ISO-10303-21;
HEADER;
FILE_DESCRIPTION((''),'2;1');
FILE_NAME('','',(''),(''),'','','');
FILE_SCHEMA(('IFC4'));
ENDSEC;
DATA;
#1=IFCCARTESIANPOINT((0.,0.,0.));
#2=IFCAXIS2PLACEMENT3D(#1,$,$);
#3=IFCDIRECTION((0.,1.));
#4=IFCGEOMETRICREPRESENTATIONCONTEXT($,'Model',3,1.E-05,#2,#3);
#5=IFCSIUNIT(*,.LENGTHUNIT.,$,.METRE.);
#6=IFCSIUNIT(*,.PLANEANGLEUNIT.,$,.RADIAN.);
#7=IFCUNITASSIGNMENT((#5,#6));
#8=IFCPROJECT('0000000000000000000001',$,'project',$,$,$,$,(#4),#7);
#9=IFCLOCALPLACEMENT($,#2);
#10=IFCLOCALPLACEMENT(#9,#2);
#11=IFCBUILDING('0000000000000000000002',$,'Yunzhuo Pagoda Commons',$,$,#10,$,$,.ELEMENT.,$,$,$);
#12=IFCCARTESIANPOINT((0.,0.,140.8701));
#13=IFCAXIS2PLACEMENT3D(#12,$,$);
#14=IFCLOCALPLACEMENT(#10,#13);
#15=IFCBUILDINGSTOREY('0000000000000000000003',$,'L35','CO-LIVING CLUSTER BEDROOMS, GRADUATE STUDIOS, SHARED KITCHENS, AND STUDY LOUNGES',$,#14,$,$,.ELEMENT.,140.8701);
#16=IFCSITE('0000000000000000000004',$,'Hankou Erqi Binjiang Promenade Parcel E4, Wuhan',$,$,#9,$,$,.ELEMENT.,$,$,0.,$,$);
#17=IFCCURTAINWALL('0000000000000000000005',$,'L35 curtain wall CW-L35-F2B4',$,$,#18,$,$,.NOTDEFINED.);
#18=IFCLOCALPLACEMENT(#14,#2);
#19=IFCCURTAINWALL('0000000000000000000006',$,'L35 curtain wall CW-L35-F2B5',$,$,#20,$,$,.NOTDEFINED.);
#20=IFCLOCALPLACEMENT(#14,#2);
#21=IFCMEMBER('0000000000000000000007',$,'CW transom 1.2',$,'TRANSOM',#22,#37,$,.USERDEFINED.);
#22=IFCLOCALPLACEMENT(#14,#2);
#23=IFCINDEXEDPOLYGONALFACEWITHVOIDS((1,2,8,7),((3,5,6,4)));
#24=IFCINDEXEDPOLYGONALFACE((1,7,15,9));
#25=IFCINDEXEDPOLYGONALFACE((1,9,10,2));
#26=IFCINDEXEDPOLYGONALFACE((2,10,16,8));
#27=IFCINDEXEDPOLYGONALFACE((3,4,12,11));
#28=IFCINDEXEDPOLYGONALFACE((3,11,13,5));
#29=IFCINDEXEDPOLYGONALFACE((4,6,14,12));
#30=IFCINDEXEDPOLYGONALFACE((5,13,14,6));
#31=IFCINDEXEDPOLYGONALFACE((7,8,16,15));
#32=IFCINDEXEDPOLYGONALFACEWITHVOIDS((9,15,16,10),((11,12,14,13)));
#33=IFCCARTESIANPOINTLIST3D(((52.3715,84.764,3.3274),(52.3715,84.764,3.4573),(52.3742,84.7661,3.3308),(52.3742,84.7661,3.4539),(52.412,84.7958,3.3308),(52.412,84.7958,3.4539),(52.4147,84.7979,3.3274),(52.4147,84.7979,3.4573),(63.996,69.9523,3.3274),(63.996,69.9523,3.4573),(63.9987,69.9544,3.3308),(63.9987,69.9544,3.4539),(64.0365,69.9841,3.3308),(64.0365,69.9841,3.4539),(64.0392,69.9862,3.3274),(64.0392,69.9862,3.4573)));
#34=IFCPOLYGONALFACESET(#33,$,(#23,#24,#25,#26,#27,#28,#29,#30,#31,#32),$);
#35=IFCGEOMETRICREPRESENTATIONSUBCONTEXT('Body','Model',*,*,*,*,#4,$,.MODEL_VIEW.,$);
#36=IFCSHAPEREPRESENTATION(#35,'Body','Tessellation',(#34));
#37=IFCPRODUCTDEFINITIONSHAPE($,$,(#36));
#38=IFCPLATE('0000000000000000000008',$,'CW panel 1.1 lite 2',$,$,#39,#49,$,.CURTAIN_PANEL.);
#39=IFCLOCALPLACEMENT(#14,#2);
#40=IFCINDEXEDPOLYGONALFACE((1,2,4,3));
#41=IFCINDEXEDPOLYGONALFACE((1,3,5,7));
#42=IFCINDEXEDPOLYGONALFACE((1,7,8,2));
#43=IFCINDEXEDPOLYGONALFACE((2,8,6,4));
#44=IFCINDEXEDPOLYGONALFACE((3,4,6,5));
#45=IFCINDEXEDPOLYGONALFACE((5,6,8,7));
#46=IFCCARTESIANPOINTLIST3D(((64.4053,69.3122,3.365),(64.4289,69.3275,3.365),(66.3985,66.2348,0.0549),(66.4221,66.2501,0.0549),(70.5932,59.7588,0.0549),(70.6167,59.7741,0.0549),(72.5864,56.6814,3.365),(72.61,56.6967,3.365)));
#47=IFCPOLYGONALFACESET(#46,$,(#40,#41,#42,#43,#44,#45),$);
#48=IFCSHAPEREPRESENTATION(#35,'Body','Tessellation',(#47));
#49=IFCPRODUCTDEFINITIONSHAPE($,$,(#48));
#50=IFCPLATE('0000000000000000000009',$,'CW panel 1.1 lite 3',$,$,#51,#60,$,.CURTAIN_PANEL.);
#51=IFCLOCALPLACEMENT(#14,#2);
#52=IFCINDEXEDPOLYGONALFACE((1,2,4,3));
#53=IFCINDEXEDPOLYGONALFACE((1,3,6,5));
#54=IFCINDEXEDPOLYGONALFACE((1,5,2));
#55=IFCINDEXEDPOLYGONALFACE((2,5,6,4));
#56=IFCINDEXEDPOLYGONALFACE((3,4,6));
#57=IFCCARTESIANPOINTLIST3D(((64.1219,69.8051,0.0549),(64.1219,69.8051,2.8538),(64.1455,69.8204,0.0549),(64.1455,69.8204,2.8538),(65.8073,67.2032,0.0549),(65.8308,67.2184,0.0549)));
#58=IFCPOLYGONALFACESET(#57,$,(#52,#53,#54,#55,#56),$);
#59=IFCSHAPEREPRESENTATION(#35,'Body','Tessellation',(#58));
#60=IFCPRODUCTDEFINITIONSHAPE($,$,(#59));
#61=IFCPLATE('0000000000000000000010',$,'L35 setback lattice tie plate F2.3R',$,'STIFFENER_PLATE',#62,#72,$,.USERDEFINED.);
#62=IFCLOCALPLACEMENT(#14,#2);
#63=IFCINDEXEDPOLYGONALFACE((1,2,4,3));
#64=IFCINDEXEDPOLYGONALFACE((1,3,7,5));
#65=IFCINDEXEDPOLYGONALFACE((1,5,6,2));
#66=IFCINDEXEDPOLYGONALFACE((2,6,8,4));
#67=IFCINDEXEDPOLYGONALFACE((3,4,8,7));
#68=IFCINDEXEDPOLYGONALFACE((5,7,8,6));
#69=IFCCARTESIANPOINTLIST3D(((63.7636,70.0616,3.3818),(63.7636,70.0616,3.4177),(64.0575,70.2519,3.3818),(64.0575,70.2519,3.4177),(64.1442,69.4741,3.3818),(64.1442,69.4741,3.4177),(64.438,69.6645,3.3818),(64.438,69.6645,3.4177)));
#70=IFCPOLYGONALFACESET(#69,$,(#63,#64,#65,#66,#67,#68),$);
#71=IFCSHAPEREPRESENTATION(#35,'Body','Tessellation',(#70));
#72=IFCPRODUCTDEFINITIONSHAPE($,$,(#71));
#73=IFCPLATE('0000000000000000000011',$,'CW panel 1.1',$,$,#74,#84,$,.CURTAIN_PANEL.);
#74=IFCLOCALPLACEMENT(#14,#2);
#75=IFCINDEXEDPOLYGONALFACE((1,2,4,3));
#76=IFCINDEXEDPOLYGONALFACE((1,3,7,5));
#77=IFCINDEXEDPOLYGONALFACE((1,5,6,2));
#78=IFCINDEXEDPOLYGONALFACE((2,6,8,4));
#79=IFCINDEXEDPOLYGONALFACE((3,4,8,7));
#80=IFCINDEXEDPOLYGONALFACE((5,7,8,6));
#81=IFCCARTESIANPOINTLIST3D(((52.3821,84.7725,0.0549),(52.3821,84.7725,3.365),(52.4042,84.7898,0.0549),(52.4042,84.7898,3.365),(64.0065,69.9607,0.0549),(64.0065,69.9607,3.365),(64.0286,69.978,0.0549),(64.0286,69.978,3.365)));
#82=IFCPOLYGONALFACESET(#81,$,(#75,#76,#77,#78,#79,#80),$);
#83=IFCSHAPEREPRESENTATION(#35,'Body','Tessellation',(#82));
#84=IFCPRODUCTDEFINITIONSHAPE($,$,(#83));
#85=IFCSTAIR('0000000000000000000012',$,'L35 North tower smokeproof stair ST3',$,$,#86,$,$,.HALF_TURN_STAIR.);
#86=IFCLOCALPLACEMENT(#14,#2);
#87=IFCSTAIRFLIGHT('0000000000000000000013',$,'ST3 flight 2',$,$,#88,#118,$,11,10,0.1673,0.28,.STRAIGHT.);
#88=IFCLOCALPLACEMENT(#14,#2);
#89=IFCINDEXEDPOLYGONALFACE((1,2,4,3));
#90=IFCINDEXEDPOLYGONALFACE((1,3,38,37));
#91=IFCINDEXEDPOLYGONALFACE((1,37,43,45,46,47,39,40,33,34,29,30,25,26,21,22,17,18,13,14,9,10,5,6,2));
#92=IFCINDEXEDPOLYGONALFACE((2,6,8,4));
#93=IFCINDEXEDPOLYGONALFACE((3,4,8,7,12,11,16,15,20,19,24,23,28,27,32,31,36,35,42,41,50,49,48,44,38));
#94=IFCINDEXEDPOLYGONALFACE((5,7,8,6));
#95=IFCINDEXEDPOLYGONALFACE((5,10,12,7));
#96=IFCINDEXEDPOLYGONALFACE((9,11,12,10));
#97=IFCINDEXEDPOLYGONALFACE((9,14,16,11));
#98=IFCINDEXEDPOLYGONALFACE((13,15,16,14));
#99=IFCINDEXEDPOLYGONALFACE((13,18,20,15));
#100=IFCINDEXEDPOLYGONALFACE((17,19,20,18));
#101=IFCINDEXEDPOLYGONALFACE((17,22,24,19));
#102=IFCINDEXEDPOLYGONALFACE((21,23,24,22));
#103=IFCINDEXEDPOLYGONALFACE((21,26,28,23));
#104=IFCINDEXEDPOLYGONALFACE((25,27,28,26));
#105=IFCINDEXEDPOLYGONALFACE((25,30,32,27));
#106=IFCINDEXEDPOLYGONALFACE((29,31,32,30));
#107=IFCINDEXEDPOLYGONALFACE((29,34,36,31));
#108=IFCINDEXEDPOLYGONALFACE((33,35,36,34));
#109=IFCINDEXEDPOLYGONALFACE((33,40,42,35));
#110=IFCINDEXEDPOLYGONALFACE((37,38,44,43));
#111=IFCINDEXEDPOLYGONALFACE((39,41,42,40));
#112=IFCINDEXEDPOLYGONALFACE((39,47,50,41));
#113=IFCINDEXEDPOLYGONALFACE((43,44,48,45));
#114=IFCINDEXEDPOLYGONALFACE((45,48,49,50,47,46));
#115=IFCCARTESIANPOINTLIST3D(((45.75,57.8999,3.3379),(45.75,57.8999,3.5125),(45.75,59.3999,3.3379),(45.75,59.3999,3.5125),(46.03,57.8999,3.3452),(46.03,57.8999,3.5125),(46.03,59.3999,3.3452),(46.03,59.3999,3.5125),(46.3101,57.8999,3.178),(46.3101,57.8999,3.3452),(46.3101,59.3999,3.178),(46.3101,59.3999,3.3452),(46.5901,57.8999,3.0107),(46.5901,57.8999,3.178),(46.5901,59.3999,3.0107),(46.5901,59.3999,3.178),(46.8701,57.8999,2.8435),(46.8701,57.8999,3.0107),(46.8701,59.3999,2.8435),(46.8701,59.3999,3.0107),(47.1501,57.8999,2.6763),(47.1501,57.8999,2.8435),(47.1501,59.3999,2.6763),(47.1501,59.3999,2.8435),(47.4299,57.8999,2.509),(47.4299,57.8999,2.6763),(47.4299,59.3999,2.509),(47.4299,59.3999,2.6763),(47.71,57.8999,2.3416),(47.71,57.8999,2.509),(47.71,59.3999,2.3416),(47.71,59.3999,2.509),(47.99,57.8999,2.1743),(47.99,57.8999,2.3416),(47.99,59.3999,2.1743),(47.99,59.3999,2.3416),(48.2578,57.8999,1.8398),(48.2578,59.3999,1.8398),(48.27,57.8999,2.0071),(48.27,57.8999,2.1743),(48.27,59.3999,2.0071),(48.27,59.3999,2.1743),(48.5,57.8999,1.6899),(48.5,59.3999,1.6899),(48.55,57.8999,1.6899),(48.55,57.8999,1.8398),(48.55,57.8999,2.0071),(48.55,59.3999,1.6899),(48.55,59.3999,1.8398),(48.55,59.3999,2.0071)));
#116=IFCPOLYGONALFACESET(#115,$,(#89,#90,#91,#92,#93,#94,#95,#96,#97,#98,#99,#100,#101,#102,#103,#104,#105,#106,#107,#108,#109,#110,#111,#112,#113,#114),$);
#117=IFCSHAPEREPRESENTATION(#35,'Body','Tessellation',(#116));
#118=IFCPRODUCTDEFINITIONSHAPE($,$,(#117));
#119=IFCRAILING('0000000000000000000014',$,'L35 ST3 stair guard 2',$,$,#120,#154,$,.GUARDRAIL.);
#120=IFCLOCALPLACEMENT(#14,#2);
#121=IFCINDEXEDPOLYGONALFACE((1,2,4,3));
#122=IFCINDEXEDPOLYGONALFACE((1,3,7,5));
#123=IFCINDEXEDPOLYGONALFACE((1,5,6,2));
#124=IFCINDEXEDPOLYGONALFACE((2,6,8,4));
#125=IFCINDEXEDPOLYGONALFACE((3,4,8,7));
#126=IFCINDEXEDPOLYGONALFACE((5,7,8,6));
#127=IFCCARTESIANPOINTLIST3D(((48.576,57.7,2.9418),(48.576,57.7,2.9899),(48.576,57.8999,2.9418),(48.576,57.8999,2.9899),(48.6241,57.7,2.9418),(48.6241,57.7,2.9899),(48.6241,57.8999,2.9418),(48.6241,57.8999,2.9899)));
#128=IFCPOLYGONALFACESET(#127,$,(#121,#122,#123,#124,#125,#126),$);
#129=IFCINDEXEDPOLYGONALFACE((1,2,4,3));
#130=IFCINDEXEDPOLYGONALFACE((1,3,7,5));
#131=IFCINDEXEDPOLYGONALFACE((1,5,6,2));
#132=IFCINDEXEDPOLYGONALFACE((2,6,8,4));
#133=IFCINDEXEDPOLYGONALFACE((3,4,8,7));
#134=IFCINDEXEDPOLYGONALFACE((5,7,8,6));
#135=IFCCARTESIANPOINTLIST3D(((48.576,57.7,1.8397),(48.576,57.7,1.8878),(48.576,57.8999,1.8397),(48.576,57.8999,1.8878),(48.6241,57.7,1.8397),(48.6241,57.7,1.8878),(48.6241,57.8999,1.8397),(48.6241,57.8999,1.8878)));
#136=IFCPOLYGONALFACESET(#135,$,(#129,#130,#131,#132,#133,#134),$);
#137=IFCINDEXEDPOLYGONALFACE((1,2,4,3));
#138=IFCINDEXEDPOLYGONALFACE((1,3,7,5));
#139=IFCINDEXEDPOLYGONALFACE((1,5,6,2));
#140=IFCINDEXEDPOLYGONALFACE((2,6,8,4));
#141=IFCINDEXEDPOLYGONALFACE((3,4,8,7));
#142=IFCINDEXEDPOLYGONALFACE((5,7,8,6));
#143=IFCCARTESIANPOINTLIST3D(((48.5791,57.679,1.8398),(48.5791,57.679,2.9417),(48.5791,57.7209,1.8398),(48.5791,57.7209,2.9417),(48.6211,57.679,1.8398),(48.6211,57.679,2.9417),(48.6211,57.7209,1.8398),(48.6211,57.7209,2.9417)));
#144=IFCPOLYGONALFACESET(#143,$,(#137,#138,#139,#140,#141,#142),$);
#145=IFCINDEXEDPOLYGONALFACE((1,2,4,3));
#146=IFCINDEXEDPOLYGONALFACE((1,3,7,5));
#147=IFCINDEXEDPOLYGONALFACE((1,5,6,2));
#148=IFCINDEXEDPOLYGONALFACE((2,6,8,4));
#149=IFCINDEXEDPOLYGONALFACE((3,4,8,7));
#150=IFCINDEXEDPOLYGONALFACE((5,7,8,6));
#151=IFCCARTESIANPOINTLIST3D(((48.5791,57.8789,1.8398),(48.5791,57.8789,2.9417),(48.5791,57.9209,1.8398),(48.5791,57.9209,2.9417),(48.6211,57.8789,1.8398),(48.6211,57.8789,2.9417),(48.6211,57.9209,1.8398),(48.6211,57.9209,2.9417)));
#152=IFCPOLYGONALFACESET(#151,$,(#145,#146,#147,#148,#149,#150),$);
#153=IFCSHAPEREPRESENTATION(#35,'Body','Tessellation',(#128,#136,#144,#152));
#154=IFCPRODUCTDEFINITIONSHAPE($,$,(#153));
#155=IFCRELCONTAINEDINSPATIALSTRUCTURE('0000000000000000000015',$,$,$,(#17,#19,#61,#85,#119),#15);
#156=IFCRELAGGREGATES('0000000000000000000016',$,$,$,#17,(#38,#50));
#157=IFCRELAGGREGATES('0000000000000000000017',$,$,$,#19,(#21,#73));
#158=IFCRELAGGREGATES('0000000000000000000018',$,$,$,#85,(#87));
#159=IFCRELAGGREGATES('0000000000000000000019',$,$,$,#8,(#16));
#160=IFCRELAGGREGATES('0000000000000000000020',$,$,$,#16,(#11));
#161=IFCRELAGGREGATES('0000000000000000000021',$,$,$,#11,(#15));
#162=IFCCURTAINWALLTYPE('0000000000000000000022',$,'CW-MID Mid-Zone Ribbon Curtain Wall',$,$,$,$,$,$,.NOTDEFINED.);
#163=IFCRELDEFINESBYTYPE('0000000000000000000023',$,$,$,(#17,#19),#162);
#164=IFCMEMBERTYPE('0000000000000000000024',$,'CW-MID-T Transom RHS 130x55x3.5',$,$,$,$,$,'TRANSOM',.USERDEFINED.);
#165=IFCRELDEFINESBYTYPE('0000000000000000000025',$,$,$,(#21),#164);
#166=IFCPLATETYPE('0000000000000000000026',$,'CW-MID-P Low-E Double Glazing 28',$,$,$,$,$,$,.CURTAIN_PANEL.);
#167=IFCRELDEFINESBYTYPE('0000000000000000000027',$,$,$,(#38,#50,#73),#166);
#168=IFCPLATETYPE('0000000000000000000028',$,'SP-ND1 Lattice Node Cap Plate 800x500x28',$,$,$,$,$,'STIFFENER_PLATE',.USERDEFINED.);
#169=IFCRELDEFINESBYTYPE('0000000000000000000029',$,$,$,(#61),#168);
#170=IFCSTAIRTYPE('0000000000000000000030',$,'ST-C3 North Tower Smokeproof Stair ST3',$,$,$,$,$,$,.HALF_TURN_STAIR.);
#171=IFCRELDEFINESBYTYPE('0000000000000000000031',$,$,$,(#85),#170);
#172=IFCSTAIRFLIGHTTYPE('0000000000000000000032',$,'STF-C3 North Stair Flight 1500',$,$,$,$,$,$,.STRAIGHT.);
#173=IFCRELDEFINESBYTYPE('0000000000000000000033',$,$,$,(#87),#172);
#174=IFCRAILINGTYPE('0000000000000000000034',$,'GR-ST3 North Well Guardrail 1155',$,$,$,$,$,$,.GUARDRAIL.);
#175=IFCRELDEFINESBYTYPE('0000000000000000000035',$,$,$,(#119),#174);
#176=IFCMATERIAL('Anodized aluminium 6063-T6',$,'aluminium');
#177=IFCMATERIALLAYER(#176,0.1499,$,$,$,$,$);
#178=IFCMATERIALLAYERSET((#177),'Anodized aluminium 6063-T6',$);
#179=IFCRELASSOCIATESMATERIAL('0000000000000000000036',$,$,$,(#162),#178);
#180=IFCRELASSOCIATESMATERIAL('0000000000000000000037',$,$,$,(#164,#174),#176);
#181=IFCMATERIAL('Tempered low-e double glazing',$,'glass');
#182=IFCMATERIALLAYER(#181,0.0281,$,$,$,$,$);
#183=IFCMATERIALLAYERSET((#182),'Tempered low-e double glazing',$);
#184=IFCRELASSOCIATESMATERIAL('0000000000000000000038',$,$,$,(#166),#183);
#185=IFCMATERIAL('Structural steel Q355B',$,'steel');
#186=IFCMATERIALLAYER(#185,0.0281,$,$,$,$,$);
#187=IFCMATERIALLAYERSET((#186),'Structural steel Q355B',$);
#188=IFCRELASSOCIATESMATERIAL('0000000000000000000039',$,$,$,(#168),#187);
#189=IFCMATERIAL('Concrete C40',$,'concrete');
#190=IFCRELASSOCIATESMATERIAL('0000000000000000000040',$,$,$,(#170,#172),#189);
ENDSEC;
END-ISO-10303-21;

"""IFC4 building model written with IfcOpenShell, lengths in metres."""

from ifc_helpers import new_model, si_unit, direction, frame, origin, origin_2d, place, context, subcontext, project, spatial, polyline, rectangle, hollow_rectangle, outline, extrude, source, transform, mapped, material, layer, layer_set, material_profile, profile_set, type_object, element, aggregate, save


model = new_model("IFC4")

# Units and contexts
model_context = context("Model", 3, precision=1e-05, world=origin(), true_north=direction((0.0, 1.0)))
body_context = subcontext(model_context, "Body", "Model", "MODEL_VIEW")
ifc_project = project(units=[si_unit("LENGTHUNIT", "METRE"), si_unit("PLANEANGLEUNIT", "RADIAN")], contexts=[model_context])

# Site, building, storey
site_placement = place(None, origin())
site = spatial("IfcSite", under=ifc_project, at=site_placement, Name="Hankou Erqi Binjiang Promenade Parcel E4, Wuhan", CompositionType="ELEMENT", RefElevation=0.0)
building_placement = place(site_placement, origin())
building = spatial("IfcBuilding", under=site, at=building_placement, Name="Yunzhuo Pagoda Commons", CompositionType="ELEMENT")
storey_placement = place(building_placement, frame((0.0, 0.0, 140.8701)))
storey = spatial("IfcBuildingStorey", under=building, at=storey_placement, Name="L35", Description="CO-LIVING CLUSTER BEDROOMS, GRADUATE STUDIOS, SHARED KITCHENS, AND STUDY LOUNGES", CompositionType="ELEMENT", Elevation=140.8701)

# Shared definitions
ifc_material_1 = material(Name="Structural steel Q355B", Category="steel")

# Curtain wall
ifc_material_2 = material(Name="Anodized aluminium 6063-T6", Category="aluminium")
ifc_layer_1 = layer(ifc_material_2, 0.1499)
ifc_layer_set_1 = layer_set([ifc_layer_1], Name="Anodized aluminium 6063-T6")
curtain_wall_type = type_object("IfcCurtainWallType", Name="CW-MID Mid-Zone Ribbon Curtain Wall", PredefinedType="NOTDEFINED", material=ifc_layer_set_1)
curtain_wall_1_placement = place(storey_placement, origin())
curtain_wall_1 = element("IfcCurtainWall", 1, at=curtain_wall_1_placement, inside=storey, type_object=curtain_wall_type, Name="L35 curtain wall CW-L35-F2B4", PredefinedType="NOTDEFINED")

# Curtain wall, member
curtain_wall_2_placement = place(storey_placement, origin())
curtain_wall_2 = element("IfcCurtainWall", 2, at=curtain_wall_2_placement, inside=storey, type_object=curtain_wall_type, Name="L35 curtain wall CW-L35-F2B5", PredefinedType="NOTDEFINED")
ifc_material_profile_1 = material_profile(ifc_material_2, hollow_rectangle(XDim=0.0549, YDim=0.1299, WallThickness=0.0034, at=origin_2d()), Name="Anodized aluminium 6063-T6")
ifc_profile_set_1 = profile_set([ifc_material_profile_1], Name="Anodized aluminium 6063-T6")
member_type_1 = type_object("IfcMemberType", Name="CW-MID-T Transom RHS 130x55x3.5", ElementType="TRANSOM", PredefinedType="USERDEFINED", material=ifc_profile_set_1)
shared_shape_1 = source(origin(), body_context, "Body", "SweptSolid", [
    extrude(hollow_rectangle(XDim=0.0549, YDim=0.1299, WallThickness=0.0034, at=origin_2d()), origin(), (0.0, 0.0, 1.0), 18.8286),
])
member_1_placement = place(storey_placement, frame((64.0176, 69.9692, 3.3923), z_axis=(-0.617385, 0.786662, 0.0), x_axis=(-0.786662, -0.617385, 0.0)))
member_1 = element("IfcMember", 3, at=member_1_placement, type_object=member_type_1, Name="CW transom 1.2", ObjectType="TRANSOM", PredefinedType="USERDEFINED", context=body_context, shape_type="MappedRepresentation", body=[
    mapped(shared_shape_1, transform((0.0, 0.0, 0.0), scale=1.0)),
])

# Plates
ifc_material_3 = material(Name="Tempered low-e double glazing", Category="glass")
ifc_layer_2 = layer(ifc_material_3, 0.0281)
ifc_layer_set_2 = layer_set([ifc_layer_2], Name="Tempered low-e double glazing")
plate_type_1 = type_object("IfcPlateType", Name="CW-MID-P Low-E Double Glazing 28", PredefinedType="CURTAIN_PANEL", material=ifc_layer_set_2)
plate_1_placement = place(storey_placement, frame((68.4958, 62.9968, 1.71), z_axis=(0.83932, 0.543637, 0.0), x_axis=(-0.543637, 0.83932, 0.0)))
plate_1 = element("IfcPlate", 4, at=plate_1_placement, type_object=plate_type_1, Name="CW panel 1.1 lite 2", PredefinedType="CURTAIN_PANEL", context=body_context, shape_type="SweptSolid", body=[
    extrude(outline(polyline([(-7.5244, 1.655), (-3.8579, -1.655), (3.8579, -1.655), (7.5244, 1.655), (-7.5244, 1.655)])), origin(), (0.0, 0.0, 1.0), 0.0281),
])
plate_2_placement = place(storey_placement, frame((64.9646, 68.5042, 1.4543), z_axis=(0.83932, 0.543637, 0.0), x_axis=(-0.543637, 0.83932, 0.0)))
plate_2 = element("IfcPlate", 5, at=plate_2_placement, type_object=plate_type_1, Name="CW panel 1.1 lite 3", PredefinedType="CURTAIN_PANEL", context=body_context, shape_type="SweptSolid", body=[
    extrude(outline(polyline([(-1.55, -1.3994), (1.55, -1.3994), (1.55, 1.3994), (-1.55, -1.3994)])), origin(), (0.0, 0.0, 1.0), 0.0281),
])
aggregate(curtain_wall_1, [plate_1, plate_2])
ifc_layer_3 = layer(ifc_material_1, 0.0281)
ifc_layer_set_3 = layer_set([ifc_layer_3], Name="Structural steel Q355B")
plate_type_2 = type_object("IfcPlateType", Name="SP-ND1 Lattice Node Cap Plate 800x500x28", ElementType="STIFFENER_PLATE", PredefinedType="USERDEFINED", material=ifc_layer_set_3)
shared_shape_2 = source(origin(), body_context, "Body", "SweptSolid", [
    extrude(rectangle(XDim=0.7, YDim=0.3501, at=origin_2d()), origin(), (0.0, 0.0, 1.0), 0.0359),
])
plate_3_placement = place(storey_placement, frame((64.1008, 69.863, 3.3818), z_axis=(0.0, 0.0, 1.0), x_axis=(-0.543643, 0.839316, 0.0)))
element("IfcPlate", 6, at=plate_3_placement, inside=storey, type_object=plate_type_2, Name="L35 setback lattice tie plate F2.3R", ObjectType="STIFFENER_PLATE", PredefinedType="USERDEFINED", context=body_context, shape_type="MappedRepresentation", body=[
    mapped(shared_shape_2, transform((0.0, 0.0, 0.0), scale=1.0)),
])
shared_shape_3 = source(origin(), body_context, "Body", "SweptSolid", [
    extrude(rectangle(XDim=18.8286, YDim=0.0281, at=origin_2d()), origin(), (0.0, 0.0, 1.0), 3.3101),
])
plate_4_placement = place(storey_placement, frame((58.2053, 77.3752, 0.0549), z_axis=(0.0, 0.0, 1.0), x_axis=(-0.61738, 0.786665, 0.0)))
plate_4 = element("IfcPlate", 7, at=plate_4_placement, type_object=plate_type_1, Name="CW panel 1.1", PredefinedType="CURTAIN_PANEL", context=body_context, shape_type="MappedRepresentation", body=[
    mapped(shared_shape_3, transform((0.0, 0.0, 0.0), scale=1.0)),
])
aggregate(curtain_wall_2, [member_1, plate_4])

# Stair, stair flight
ifc_material_4 = material(Name="Concrete C40", Category="concrete")
stair_type = type_object("IfcStairType", Name="ST-C3 North Tower Smokeproof Stair ST3", PredefinedType="HALF_TURN_STAIR", material=ifc_material_4)
stair_placement = place(storey_placement, origin())
stair = element("IfcStair", 8, at=stair_placement, inside=storey, type_object=stair_type, Name="L35 North tower smokeproof stair ST3", PredefinedType="HALF_TURN_STAIR")
stair_flight_type = type_object("IfcStairFlightType", Name="STF-C3 North Stair Flight 1500", PredefinedType="STRAIGHT", material=ifc_material_4)
shared_shape_4 = source(origin(), body_context, "Body", "SweptSolid", [
    extrude(outline(polyline([(0.0, -0.1499), (0.0, 0.0), (0.0, 0.1672), (0.28, 0.1672), (0.28, 0.3345), (0.5601, 0.3345), (0.5601, 0.5017), (0.8401, 0.5017), (0.8401, 0.6692), (1.1201, 0.6692), (1.1201, 0.8364), (1.3999, 0.8364), (1.3999, 1.0037), (1.6799, 1.0037), (1.6799, 1.1709), (1.96, 1.1709), (1.96, 1.3381), (2.24, 1.3381), (2.24, 1.5054), (2.52, 1.5054), (2.52, 1.6726), (2.8, 1.6726), (2.8, 1.8401), (2.8, 1.498), (0.2922, 0.0), (0.05, -0.1499), (0.0, -0.1499)])), frame((0.0, 0.75, 0.0), z_axis=(0.0, -1.0, 0.0), x_axis=(1.0, 0.0, 0.0)), (0.0, 0.0, 1.0), 1.5),
])
stair_flight_placement = place(storey_placement, frame((48.55, 58.6499, 1.8398), z_axis=(0.0, 0.0, 1.0), x_axis=(-1.0, 0.0, 0.0)))
stair_flight = element("IfcStairFlight", 9, at=stair_flight_placement, type_object=stair_flight_type, Name="ST3 flight 2", NumberOfRisers=11, NumberOfTreads=10, PredefinedType="STRAIGHT", RiserHeight=0.1673, TreadLength=0.28, context=body_context, shape_type="MappedRepresentation", body=[
    mapped(shared_shape_4, transform((0.0, 0.0, 0.0), scale=1.0)),
])
aggregate(stair, [stair_flight])

# Railing
railing_type_1 = type_object("IfcRailingType", Name="GR-ST3 North Well Guardrail 1155", PredefinedType="GUARDRAIL", material=ifc_material_2)
railing_1_placement = place(storey_placement, frame((48.6001, 57.7, 1.8398)))
element("IfcRailing", 10, at=railing_1_placement, inside=storey, type_object=railing_type_1, Name="L35 ST3 stair guard 2", PredefinedType="GUARDRAIL", context=body_context, shape_type="SweptSolid", body=[
    extrude(rectangle(XDim=0.0481, YDim=0.0481, at=origin_2d()), frame((0.0, 0.0, 1.126), z_axis=(0.0, 1.0, 0.0), x_axis=(-1.0, 0.0, 0.0)), (0.0, 0.0, 1.0), 0.2),
    extrude(rectangle(XDim=0.0481, YDim=0.0481, at=origin_2d()), frame((0.0, 0.0, 0.0239), z_axis=(0.0, 1.0, 0.0), x_axis=(-1.0, 0.0, 0.0)), (0.0, 0.0, 1.0), 0.2),
    extrude(rectangle(XDim=0.042, YDim=0.042, at=origin_2d()), origin(), (0.0, 0.0, 1.0), 1.1018),
    extrude(rectangle(XDim=0.042, YDim=0.042, at=origin_2d()), frame((0.0, 0.2, 0.0)), (0.0, 0.0, 1.0), 1.1018),
])

save(model, "model.ifc")
